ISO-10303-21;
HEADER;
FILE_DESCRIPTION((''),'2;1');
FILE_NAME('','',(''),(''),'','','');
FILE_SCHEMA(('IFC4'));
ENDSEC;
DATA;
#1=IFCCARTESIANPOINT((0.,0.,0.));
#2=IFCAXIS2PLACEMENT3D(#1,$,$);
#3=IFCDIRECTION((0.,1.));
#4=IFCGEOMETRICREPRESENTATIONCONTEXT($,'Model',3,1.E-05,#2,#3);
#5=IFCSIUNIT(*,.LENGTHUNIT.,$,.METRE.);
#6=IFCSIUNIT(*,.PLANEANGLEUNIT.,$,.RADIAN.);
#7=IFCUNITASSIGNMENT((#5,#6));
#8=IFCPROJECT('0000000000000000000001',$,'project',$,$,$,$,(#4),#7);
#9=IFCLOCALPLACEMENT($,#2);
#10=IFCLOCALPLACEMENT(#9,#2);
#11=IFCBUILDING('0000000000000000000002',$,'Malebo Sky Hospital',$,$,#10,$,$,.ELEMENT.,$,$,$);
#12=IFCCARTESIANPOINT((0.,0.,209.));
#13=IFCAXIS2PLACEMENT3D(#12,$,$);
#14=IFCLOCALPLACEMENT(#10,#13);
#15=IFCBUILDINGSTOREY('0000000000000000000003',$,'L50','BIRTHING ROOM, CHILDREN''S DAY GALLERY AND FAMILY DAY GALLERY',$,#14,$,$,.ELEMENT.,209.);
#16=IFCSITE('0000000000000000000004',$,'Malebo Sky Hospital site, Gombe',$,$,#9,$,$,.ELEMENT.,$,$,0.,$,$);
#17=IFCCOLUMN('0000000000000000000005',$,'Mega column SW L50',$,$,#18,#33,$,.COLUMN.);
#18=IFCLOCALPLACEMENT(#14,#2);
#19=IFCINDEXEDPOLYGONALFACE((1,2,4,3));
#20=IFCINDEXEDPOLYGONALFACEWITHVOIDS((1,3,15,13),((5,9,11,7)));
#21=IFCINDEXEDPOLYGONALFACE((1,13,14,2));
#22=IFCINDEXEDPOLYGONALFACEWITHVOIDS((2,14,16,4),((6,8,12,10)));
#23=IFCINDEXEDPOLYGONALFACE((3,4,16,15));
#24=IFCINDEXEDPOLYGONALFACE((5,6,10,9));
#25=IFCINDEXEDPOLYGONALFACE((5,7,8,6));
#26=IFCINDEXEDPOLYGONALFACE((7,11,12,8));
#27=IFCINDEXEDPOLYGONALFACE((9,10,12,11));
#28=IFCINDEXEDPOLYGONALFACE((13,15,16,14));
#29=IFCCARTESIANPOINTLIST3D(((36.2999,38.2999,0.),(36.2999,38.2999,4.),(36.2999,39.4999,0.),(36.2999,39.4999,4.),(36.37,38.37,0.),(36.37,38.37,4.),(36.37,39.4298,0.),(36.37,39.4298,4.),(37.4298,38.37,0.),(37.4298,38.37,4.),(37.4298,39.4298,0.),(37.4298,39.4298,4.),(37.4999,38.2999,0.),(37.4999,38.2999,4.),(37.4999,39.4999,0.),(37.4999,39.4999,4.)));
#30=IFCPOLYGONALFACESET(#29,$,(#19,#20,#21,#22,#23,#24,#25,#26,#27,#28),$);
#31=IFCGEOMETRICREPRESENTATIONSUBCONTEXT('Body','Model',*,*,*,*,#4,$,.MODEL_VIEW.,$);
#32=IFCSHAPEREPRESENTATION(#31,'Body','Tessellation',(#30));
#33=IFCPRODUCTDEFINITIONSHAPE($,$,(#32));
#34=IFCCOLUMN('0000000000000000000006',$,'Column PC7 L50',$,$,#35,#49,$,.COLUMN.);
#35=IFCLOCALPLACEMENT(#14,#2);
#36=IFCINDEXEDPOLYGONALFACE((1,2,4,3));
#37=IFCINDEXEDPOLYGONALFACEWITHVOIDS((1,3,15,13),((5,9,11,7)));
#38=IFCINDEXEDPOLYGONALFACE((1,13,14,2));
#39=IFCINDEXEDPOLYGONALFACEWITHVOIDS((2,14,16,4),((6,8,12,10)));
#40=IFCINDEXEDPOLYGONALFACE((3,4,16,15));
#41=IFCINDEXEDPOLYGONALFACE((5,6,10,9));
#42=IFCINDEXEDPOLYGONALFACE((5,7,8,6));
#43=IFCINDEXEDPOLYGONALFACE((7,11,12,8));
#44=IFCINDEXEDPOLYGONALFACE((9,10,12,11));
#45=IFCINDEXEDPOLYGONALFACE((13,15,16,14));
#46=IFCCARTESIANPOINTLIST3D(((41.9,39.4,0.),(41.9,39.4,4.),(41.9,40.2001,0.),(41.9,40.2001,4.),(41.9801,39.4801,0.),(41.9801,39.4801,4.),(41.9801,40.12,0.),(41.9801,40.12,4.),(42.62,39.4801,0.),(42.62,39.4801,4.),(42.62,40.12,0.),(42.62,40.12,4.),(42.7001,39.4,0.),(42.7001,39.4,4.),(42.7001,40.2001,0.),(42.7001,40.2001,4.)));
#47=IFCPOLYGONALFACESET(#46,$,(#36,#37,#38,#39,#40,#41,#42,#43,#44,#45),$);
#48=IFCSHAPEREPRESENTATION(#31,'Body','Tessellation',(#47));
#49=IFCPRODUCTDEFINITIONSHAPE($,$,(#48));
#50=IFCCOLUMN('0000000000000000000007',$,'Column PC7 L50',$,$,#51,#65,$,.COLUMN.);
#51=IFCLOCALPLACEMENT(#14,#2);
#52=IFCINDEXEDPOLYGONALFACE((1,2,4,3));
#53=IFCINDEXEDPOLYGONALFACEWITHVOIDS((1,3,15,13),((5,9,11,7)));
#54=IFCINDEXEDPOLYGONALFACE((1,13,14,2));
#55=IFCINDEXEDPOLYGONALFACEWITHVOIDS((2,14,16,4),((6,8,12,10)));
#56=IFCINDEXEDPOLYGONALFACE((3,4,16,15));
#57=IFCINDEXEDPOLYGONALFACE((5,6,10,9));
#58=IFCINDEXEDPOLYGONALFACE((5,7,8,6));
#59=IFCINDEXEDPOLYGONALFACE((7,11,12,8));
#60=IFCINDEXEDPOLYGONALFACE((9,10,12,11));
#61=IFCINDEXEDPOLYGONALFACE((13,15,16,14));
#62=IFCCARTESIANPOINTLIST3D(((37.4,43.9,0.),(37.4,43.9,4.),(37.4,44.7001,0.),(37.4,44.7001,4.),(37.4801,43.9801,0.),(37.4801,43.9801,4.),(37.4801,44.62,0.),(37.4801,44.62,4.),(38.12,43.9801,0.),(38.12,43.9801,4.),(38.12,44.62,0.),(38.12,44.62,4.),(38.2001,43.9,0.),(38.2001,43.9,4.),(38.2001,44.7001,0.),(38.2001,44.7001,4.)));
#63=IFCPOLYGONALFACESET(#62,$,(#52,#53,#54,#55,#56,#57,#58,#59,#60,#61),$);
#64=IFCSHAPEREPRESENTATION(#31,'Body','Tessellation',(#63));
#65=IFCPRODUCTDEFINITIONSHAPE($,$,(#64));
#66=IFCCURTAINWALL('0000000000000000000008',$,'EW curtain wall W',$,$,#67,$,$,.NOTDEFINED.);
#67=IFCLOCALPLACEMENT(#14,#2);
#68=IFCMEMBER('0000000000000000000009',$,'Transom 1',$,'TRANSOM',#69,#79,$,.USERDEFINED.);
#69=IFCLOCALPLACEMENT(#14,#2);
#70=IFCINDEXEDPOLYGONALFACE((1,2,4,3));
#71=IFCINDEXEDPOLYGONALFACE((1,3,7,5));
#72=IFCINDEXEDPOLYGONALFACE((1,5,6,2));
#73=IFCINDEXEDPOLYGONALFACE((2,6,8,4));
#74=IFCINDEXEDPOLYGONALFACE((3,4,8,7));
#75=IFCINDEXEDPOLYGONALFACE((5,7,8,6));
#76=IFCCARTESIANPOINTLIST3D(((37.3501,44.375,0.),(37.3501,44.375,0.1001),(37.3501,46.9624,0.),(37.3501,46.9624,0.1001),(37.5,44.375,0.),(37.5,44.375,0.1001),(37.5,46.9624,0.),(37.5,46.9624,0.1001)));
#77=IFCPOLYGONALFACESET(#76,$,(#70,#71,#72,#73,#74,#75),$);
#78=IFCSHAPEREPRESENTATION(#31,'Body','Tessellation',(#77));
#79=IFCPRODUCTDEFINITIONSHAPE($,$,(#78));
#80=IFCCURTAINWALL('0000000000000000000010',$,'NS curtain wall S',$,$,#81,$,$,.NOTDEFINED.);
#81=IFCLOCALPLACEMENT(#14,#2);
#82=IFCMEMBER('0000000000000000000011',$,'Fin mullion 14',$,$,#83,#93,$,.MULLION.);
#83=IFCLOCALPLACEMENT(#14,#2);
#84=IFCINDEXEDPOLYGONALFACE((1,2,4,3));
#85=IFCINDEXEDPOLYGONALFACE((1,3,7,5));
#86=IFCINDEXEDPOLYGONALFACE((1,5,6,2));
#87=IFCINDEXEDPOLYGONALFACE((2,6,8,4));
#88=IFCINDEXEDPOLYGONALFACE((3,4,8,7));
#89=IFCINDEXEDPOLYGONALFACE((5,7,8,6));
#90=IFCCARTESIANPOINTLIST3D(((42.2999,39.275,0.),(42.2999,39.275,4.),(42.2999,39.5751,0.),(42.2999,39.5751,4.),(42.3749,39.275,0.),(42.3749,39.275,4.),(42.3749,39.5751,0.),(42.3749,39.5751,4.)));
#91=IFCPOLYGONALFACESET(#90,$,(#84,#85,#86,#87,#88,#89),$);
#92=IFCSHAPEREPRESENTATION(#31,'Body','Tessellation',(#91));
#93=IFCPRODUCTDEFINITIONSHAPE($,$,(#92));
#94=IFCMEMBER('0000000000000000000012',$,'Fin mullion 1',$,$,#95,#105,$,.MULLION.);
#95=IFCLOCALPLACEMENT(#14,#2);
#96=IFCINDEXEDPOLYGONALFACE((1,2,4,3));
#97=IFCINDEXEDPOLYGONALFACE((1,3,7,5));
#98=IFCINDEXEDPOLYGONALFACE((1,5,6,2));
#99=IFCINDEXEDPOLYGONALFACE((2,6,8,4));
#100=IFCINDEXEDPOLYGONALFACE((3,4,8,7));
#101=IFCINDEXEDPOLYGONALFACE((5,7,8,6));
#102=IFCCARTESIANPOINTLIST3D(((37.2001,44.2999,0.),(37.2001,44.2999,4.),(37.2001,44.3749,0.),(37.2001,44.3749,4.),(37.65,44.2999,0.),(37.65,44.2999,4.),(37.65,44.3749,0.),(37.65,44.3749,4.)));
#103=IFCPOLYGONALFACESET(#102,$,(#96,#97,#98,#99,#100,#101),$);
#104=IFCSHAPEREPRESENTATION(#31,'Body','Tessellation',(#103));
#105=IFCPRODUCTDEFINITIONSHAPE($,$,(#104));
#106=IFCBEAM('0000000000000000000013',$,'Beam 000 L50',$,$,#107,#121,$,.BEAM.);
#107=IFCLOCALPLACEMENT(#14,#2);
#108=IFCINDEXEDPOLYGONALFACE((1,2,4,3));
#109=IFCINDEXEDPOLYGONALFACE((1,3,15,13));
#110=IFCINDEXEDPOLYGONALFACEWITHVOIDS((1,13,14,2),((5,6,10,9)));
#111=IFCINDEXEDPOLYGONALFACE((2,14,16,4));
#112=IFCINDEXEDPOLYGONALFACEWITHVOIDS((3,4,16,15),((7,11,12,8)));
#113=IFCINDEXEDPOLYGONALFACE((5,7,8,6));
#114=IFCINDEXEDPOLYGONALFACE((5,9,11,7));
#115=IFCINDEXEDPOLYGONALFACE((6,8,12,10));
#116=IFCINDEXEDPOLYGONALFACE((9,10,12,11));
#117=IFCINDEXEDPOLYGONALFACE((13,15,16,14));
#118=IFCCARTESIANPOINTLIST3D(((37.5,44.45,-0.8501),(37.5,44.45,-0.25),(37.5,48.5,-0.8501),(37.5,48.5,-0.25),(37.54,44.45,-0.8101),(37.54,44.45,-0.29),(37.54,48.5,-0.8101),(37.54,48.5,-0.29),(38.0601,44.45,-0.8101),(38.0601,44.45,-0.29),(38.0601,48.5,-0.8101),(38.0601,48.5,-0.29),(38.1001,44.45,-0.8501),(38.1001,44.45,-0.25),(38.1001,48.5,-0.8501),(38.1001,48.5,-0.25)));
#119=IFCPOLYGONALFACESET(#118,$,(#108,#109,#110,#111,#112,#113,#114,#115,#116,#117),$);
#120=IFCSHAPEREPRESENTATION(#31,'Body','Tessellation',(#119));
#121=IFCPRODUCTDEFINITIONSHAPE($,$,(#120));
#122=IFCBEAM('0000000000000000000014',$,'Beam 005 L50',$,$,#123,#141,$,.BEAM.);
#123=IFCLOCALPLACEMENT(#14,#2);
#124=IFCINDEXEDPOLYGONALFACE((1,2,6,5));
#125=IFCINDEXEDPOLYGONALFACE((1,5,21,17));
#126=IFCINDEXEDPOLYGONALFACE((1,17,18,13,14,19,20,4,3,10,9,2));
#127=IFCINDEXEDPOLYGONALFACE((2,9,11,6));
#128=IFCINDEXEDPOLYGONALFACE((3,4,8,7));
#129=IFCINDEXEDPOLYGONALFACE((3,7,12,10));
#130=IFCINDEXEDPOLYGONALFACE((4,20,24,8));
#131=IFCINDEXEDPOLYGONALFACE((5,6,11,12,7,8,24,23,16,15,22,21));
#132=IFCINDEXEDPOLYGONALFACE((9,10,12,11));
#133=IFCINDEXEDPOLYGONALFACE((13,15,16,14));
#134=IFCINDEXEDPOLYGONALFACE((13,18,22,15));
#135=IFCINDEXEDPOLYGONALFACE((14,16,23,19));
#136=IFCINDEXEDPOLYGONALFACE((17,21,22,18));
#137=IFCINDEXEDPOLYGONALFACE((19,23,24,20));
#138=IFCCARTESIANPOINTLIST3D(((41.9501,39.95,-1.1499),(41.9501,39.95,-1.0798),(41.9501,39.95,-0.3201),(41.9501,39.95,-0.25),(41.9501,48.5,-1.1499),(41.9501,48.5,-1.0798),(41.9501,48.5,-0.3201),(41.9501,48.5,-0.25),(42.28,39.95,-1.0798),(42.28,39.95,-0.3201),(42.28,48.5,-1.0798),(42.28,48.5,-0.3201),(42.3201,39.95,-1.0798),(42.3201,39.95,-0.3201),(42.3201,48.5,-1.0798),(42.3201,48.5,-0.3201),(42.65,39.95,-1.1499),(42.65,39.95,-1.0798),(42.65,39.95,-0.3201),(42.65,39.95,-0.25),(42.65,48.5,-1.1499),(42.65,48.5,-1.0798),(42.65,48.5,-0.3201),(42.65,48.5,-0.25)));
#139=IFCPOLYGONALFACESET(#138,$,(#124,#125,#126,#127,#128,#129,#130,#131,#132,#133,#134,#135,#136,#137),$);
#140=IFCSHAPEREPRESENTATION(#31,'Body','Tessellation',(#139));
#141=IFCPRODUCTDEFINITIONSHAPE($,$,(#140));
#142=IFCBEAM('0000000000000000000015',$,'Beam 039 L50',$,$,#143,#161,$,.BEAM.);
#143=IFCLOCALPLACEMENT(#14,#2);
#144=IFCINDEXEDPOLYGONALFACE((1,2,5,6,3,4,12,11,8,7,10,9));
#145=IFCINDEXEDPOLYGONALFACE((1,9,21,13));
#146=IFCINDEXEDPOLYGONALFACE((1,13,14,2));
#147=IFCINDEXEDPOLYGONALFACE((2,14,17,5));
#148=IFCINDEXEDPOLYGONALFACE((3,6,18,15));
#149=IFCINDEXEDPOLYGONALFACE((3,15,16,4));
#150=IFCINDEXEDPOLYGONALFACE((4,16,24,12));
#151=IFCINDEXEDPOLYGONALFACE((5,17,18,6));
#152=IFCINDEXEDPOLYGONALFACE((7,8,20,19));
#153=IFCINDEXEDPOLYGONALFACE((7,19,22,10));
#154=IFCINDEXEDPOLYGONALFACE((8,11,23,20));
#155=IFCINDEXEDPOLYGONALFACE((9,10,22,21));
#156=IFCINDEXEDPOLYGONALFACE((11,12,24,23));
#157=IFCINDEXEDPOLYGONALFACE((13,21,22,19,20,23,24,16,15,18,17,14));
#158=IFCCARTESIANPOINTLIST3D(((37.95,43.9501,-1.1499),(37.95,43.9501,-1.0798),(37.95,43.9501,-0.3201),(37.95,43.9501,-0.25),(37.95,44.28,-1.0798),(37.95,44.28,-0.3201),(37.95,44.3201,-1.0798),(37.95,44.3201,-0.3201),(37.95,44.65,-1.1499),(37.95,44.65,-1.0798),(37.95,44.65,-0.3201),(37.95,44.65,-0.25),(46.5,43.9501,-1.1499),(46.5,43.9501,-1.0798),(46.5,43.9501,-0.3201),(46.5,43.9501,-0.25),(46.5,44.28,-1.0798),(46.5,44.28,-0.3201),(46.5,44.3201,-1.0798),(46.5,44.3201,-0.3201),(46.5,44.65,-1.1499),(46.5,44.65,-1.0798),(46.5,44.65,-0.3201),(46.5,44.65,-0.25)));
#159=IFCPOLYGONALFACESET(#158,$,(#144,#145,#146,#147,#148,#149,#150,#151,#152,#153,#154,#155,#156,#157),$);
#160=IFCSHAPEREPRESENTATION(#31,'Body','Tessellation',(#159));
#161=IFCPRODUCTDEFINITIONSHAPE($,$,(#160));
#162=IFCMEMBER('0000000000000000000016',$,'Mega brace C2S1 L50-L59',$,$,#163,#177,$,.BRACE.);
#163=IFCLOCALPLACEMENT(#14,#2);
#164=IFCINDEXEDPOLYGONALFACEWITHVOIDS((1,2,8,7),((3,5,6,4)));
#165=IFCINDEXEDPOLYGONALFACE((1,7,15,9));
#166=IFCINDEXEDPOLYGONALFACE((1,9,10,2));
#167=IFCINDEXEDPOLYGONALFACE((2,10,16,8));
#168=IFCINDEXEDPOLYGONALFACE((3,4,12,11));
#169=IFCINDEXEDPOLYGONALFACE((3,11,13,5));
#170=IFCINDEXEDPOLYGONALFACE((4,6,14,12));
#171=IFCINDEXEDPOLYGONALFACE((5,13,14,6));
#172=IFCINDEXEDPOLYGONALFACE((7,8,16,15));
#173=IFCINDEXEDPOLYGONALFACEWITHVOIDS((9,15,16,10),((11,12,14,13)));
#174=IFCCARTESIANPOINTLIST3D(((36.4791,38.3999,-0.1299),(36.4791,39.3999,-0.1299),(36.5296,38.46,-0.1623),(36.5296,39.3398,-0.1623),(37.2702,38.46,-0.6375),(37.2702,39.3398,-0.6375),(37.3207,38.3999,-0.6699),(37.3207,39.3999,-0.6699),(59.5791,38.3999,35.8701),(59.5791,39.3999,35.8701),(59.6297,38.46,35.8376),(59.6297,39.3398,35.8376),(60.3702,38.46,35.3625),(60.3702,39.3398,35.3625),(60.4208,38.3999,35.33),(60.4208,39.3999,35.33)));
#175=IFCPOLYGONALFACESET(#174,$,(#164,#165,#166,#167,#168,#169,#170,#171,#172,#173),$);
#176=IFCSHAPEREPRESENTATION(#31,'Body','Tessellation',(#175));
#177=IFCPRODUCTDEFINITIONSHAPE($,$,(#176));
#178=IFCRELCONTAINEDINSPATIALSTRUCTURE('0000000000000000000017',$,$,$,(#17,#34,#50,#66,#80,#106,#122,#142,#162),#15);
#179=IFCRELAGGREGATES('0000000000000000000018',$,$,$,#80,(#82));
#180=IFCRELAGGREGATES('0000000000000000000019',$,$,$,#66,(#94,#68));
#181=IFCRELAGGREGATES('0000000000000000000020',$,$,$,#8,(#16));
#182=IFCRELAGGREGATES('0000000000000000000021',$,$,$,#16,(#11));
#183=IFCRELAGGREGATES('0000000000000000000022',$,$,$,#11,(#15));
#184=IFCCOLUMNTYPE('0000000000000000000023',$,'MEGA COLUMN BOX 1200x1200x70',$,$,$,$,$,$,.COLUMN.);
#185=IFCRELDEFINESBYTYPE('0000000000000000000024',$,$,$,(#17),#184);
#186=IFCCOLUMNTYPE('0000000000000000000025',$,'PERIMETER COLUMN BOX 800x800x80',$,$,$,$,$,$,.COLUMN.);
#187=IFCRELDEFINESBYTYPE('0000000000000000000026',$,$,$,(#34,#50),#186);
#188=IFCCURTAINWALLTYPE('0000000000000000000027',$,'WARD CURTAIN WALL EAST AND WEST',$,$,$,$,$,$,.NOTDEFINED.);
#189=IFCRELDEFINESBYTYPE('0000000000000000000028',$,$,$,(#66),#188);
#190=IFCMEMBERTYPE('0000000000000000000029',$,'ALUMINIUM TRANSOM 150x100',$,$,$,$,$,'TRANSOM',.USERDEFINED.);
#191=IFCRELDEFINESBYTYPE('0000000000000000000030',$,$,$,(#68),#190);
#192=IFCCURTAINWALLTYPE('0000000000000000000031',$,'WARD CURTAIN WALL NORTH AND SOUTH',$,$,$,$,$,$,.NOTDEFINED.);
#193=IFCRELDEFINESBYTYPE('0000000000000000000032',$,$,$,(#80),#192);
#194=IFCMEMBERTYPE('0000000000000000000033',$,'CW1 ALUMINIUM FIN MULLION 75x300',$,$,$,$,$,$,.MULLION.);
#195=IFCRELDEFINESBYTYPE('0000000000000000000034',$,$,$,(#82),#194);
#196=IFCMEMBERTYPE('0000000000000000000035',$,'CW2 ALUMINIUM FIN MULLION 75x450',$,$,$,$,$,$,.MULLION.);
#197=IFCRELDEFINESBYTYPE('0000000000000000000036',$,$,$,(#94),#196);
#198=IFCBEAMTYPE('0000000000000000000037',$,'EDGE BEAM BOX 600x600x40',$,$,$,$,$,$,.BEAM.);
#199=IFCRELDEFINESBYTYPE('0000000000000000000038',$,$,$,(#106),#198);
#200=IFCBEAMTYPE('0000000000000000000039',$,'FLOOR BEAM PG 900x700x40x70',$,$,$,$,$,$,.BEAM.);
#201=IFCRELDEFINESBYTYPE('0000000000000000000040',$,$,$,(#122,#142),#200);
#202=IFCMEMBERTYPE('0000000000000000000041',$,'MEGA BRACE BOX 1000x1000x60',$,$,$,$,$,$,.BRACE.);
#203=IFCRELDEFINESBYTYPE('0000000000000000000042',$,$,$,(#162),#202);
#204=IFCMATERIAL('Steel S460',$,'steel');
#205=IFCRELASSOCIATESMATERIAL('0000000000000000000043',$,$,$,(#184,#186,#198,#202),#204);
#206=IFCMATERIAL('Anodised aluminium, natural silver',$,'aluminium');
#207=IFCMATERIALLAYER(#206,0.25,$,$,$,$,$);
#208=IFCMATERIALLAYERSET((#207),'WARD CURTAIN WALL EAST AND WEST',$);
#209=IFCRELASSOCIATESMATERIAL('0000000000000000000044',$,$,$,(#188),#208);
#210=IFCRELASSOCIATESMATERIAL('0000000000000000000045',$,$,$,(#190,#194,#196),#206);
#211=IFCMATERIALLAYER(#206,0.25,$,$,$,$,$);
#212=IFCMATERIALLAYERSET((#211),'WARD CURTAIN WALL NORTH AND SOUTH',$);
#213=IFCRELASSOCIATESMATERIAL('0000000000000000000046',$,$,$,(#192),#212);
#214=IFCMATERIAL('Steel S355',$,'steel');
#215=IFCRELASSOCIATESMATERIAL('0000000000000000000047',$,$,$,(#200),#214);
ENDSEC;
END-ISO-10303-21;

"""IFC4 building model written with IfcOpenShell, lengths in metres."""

from ifc_helpers import new_model, si_unit, direction, frame, origin, origin_2d, place, context, subcontext, project, spatial, rectangle, hollow_rectangle, i_section, extrude, material, layer, layer_set, material_profile, profile_set, type_object, element, aggregate, save


model = new_model("IFC4")

# Units and contexts
model_context = context("Model", 3, precision=1e-05, world=origin(), true_north=direction((0.0, 1.0)))
body_context = subcontext(model_context, "Body", "Model", "MODEL_VIEW")
ifc_project = project(units=[si_unit("LENGTHUNIT", "METRE"), si_unit("PLANEANGLEUNIT", "RADIAN")], contexts=[model_context])

# Site, building, storey
site_placement = place(None, origin())
site = spatial("IfcSite", under=ifc_project, at=site_placement, Name="Malebo Sky Hospital site, Gombe", CompositionType="ELEMENT", RefElevation=0.0)
building_placement = place(site_placement, origin())
building = spatial("IfcBuilding", under=site, at=building_placement, Name="Malebo Sky Hospital", CompositionType="ELEMENT")
storey_placement = place(building_placement, frame((0.0, 0.0, 209.0)))
storey = spatial("IfcBuildingStorey", under=building, at=storey_placement, Name="L50", Description="BIRTHING ROOM, CHILDREN'S DAY GALLERY AND FAMILY DAY GALLERY", CompositionType="ELEMENT", Elevation=209.0)

# Columns
ifc_material_1 = material(Name="Steel S460", Category="steel")
ifc_material_profile_1 = material_profile(ifc_material_1, hollow_rectangle(XDim=1.2, YDim=1.2, WallThickness=0.0701, at=origin_2d()), Name="BOX 1200x1200x70")
ifc_profile_set_1 = profile_set([ifc_material_profile_1], Name="Steel S460")
column_type_1 = type_object("IfcColumnType", Name="MEGA COLUMN BOX 1200x1200x70", PredefinedType="COLUMN", material=ifc_profile_set_1)
column_placement = place(storey_placement, frame((36.8999, 38.8999, 0.0), z_axis=(0.0, 0.0, 1.0), x_axis=(1.0, 0.0, 0.0)))
element("IfcColumn", 1, at=column_placement, inside=storey, type_object=column_type_1, Name="Mega column SW L50", PredefinedType="COLUMN", context=body_context, shape_type="SweptSolid", body=[
    extrude(hollow_rectangle(XDim=1.2, YDim=1.2, WallThickness=0.0701, at=origin_2d()), origin(), (0.0, 0.0, 1.0), 4.0),
])
ifc_material_profile_2 = material_profile(ifc_material_1, hollow_rectangle(XDim=0.8, YDim=0.8, WallThickness=0.0801, at=origin_2d()), Name="BOX 800x800x80")
ifc_profile_set_2 = profile_set([ifc_material_profile_2], Name="Steel S460")
column_type_2 = type_object("IfcColumnType", Name="PERIMETER COLUMN BOX 800x800x80", PredefinedType="COLUMN", material=ifc_profile_set_2)
for number, where, z_axis, x_axis, name in (
    (2, (42.3, 39.8, 0.0), (0.0, 0.0, 1.0), (1.0, 0.0, 0.0), "Column PC7 L50"),
    (3, (37.8, 44.3, 0.0), (0.0, 0.0, 1.0), (1.0, 0.0, 0.0), "Column PC7 L50"),
):
    element("IfcColumn", number, at=place(storey_placement, frame(where, z_axis=z_axis, x_axis=x_axis)), inside=storey, type_object=column_type_2, Name=name, PredefinedType="COLUMN", context=body_context, shape_type="SweptSolid", body=[
        extrude(hollow_rectangle(XDim=0.8, YDim=0.8, WallThickness=0.0801, at=origin_2d()), origin(), (0.0, 0.0, 1.0), 4.0),
    ])

# Curtain walls, members
ifc_material_2 = material(Name="Anodised aluminium, natural silver", Category="aluminium")
ifc_layer_1 = layer(ifc_material_2, 0.25)
ifc_layer_set_1 = layer_set([ifc_layer_1], Name="WARD CURTAIN WALL EAST AND WEST")
curtain_wall_type_1 = type_object("IfcCurtainWallType", Name="WARD CURTAIN WALL EAST AND WEST", PredefinedType="NOTDEFINED", material=ifc_layer_set_1)
curtain_wall_1_placement = place(storey_placement, origin())
curtain_wall_1 = element("IfcCurtainWall", 4, at=curtain_wall_1_placement, inside=storey, type_object=curtain_wall_type_1, Name="EW curtain wall W", PredefinedType="NOTDEFINED")
ifc_material_profile_3 = material_profile(ifc_material_2, rectangle(XDim=0.1499, YDim=0.1001, at=origin_2d()), Name="ALUMINIUM TRANSOM 150x100")
ifc_profile_set_3 = profile_set([ifc_material_profile_3], Name="Anodised aluminium, natural silver")
member_type_1 = type_object("IfcMemberType", Name="ALUMINIUM TRANSOM 150x100", ElementType="TRANSOM", PredefinedType="USERDEFINED", material=ifc_profile_set_3)
member_1_placement = place(storey_placement, frame((37.425, 44.375, 0.05), z_axis=(0.0, 1.0, 0.0), x_axis=(-1.0, 0.0, 0.0)))
member_1 = element("IfcMember", 5, at=member_1_placement, type_object=member_type_1, Name="Transom 1", ObjectType="TRANSOM", PredefinedType="USERDEFINED", context=body_context, shape_type="SweptSolid", body=[
    extrude(rectangle(XDim=0.1499, YDim=0.1001, at=origin_2d()), origin(), (0.0, 0.0, 1.0), 2.5874),
])
ifc_layer_2 = layer(ifc_material_2, 0.25)
ifc_layer_set_2 = layer_set([ifc_layer_2], Name="WARD CURTAIN WALL NORTH AND SOUTH")
curtain_wall_type_2 = type_object("IfcCurtainWallType", Name="WARD CURTAIN WALL NORTH AND SOUTH", PredefinedType="NOTDEFINED", material=ifc_layer_set_2)
curtain_wall_2_placement = place(storey_placement, origin())
curtain_wall_2 = element("IfcCurtainWall", 6, at=curtain_wall_2_placement, inside=storey, type_object=curtain_wall_type_2, Name="NS curtain wall S", PredefinedType="NOTDEFINED")
ifc_material_profile_4 = material_profile(ifc_material_2, rectangle(XDim=0.075, YDim=0.3, at=origin_2d()), Name="CW1 ALUMINIUM FIN MULLION 75x300")
ifc_profile_set_4 = profile_set([ifc_material_profile_4], Name="Anodised aluminium, natural silver")
member_type_2 = type_object("IfcMemberType", Name="CW1 ALUMINIUM FIN MULLION 75x300", PredefinedType="MULLION", material=ifc_profile_set_4)
member_2_placement = place(storey_placement, frame((42.3374, 39.425, 0.0), z_axis=(0.0, 0.0, 1.0), x_axis=(-1.0, 0.0, 0.0)))
member_2 = element("IfcMember", 7, at=member_2_placement, type_object=member_type_2, Name="Fin mullion 14", PredefinedType="MULLION", context=body_context, shape_type="SweptSolid", body=[
    extrude(rectangle(XDim=0.075, YDim=0.3, at=origin_2d()), origin(), (0.0, 0.0, 1.0), 4.0),
])
aggregate(curtain_wall_2, [member_2])

# Member
ifc_material_profile_5 = material_profile(ifc_material_2, rectangle(XDim=0.075, YDim=0.45, at=origin_2d()), Name="CW2 ALUMINIUM FIN MULLION 75x450")
ifc_profile_set_5 = profile_set([ifc_material_profile_5], Name="Anodised aluminium, natural silver")
member_type_3 = type_object("IfcMemberType", Name="CW2 ALUMINIUM FIN MULLION 75x450", PredefinedType="MULLION", material=ifc_profile_set_5)
member_3_placement = place(storey_placement, frame((37.425, 44.3374, 0.0), z_axis=(0.0, 0.0, 1.0), x_axis=(0.0, 1.0, 0.0)))
member_3 = element("IfcMember", 8, at=member_3_placement, type_object=member_type_3, Name="Fin mullion 1", PredefinedType="MULLION", context=body_context, shape_type="SweptSolid", body=[
    extrude(rectangle(XDim=0.075, YDim=0.45, at=origin_2d()), origin(), (0.0, 0.0, 1.0), 4.0),
])
aggregate(curtain_wall_1, [member_3, member_1])

# Beams
ifc_material_profile_6 = material_profile(ifc_material_1, hollow_rectangle(XDim=0.6001, YDim=0.6001, WallThickness=0.04, at=origin_2d()), Name="BOX 600x600x40")
ifc_profile_set_6 = profile_set([ifc_material_profile_6], Name="Steel S460")
beam_type_1 = type_object("IfcBeamType", Name="EDGE BEAM BOX 600x600x40", PredefinedType="BEAM", material=ifc_profile_set_6)
beam_placement = place(storey_placement, frame((37.8, 44.45, -0.55), z_axis=(0.0, 1.0, 0.0), x_axis=(-1.0, 0.0, 0.0)))
element("IfcBeam", 9, at=beam_placement, inside=storey, type_object=beam_type_1, Name="Beam 000 L50", PredefinedType="BEAM", context=body_context, shape_type="SweptSolid", body=[
    extrude(hollow_rectangle(XDim=0.6001, YDim=0.6001, WallThickness=0.04, at=origin_2d()), origin(), (0.0, 0.0, 1.0), 4.05),
])
ifc_material_3 = material(Name="Steel S355", Category="steel")
ifc_material_profile_7 = material_profile(ifc_material_3, i_section(OverallWidth=0.7, OverallDepth=0.8999, WebThickness=0.04, FlangeThickness=0.0701, at=origin_2d()), Name="PG 900x700x40x70")
ifc_profile_set_7 = profile_set([ifc_material_profile_7], Name="Steel S355")
beam_type_2 = type_object("IfcBeamType", Name="FLOOR BEAM PG 900x700x40x70", PredefinedType="BEAM", material=ifc_profile_set_7)
for number, where, z_axis, x_axis, name in (
    (10, (42.3, 39.95, -0.7), (0.0, 1.0, 0.0), (-1.0, 0.0, 0.0), "Beam 005 L50"),
    (11, (37.95, 44.3, -0.7), (1.0, 0.0, 0.0), (0.0, 1.0, 0.0), "Beam 039 L50"),
):
    element("IfcBeam", number, at=place(storey_placement, frame(where, z_axis=z_axis, x_axis=x_axis)), inside=storey, type_object=beam_type_2, Name=name, PredefinedType="BEAM", context=body_context, shape_type="SweptSolid", body=[
        extrude(i_section(OverallWidth=0.7, OverallDepth=0.8999, WebThickness=0.04, FlangeThickness=0.0701, at=origin_2d()), origin(), (0.0, 0.0, 1.0), 8.55),
    ])

# Member
ifc_material_profile_8 = material_profile(ifc_material_1, hollow_rectangle(XDim=1.0, YDim=1.0, WallThickness=0.0601, at=origin_2d()), Name="BOX 1000x1000x60")
ifc_profile_set_8 = profile_set([ifc_material_profile_8], Name="Steel S460")
member_type_4 = type_object("IfcMemberType", Name="MEGA BRACE BOX 1000x1000x60", PredefinedType="BRACE", material=ifc_profile_set_8)
for number, where, z_axis, x_axis, name in (
    (12, (36.8999, 38.8999, -0.3999), (0.54005, 0.0, 0.841633), (0.0, 1.0, 0.0), "Mega brace C2S1 L50-L59"),
):
    element("IfcMember", number, at=place(storey_placement, frame(where, z_axis=z_axis, x_axis=x_axis)), inside=storey, type_object=member_type_4, Name=name, PredefinedType="BRACE", context=body_context, shape_type="SweptSolid", body=[
        extrude(hollow_rectangle(XDim=1.0, YDim=1.0, WallThickness=0.0601, at=origin_2d()), origin(), (0.0, 0.0, 1.0), 42.7739),
    ])

save(model, "model.ifc")
